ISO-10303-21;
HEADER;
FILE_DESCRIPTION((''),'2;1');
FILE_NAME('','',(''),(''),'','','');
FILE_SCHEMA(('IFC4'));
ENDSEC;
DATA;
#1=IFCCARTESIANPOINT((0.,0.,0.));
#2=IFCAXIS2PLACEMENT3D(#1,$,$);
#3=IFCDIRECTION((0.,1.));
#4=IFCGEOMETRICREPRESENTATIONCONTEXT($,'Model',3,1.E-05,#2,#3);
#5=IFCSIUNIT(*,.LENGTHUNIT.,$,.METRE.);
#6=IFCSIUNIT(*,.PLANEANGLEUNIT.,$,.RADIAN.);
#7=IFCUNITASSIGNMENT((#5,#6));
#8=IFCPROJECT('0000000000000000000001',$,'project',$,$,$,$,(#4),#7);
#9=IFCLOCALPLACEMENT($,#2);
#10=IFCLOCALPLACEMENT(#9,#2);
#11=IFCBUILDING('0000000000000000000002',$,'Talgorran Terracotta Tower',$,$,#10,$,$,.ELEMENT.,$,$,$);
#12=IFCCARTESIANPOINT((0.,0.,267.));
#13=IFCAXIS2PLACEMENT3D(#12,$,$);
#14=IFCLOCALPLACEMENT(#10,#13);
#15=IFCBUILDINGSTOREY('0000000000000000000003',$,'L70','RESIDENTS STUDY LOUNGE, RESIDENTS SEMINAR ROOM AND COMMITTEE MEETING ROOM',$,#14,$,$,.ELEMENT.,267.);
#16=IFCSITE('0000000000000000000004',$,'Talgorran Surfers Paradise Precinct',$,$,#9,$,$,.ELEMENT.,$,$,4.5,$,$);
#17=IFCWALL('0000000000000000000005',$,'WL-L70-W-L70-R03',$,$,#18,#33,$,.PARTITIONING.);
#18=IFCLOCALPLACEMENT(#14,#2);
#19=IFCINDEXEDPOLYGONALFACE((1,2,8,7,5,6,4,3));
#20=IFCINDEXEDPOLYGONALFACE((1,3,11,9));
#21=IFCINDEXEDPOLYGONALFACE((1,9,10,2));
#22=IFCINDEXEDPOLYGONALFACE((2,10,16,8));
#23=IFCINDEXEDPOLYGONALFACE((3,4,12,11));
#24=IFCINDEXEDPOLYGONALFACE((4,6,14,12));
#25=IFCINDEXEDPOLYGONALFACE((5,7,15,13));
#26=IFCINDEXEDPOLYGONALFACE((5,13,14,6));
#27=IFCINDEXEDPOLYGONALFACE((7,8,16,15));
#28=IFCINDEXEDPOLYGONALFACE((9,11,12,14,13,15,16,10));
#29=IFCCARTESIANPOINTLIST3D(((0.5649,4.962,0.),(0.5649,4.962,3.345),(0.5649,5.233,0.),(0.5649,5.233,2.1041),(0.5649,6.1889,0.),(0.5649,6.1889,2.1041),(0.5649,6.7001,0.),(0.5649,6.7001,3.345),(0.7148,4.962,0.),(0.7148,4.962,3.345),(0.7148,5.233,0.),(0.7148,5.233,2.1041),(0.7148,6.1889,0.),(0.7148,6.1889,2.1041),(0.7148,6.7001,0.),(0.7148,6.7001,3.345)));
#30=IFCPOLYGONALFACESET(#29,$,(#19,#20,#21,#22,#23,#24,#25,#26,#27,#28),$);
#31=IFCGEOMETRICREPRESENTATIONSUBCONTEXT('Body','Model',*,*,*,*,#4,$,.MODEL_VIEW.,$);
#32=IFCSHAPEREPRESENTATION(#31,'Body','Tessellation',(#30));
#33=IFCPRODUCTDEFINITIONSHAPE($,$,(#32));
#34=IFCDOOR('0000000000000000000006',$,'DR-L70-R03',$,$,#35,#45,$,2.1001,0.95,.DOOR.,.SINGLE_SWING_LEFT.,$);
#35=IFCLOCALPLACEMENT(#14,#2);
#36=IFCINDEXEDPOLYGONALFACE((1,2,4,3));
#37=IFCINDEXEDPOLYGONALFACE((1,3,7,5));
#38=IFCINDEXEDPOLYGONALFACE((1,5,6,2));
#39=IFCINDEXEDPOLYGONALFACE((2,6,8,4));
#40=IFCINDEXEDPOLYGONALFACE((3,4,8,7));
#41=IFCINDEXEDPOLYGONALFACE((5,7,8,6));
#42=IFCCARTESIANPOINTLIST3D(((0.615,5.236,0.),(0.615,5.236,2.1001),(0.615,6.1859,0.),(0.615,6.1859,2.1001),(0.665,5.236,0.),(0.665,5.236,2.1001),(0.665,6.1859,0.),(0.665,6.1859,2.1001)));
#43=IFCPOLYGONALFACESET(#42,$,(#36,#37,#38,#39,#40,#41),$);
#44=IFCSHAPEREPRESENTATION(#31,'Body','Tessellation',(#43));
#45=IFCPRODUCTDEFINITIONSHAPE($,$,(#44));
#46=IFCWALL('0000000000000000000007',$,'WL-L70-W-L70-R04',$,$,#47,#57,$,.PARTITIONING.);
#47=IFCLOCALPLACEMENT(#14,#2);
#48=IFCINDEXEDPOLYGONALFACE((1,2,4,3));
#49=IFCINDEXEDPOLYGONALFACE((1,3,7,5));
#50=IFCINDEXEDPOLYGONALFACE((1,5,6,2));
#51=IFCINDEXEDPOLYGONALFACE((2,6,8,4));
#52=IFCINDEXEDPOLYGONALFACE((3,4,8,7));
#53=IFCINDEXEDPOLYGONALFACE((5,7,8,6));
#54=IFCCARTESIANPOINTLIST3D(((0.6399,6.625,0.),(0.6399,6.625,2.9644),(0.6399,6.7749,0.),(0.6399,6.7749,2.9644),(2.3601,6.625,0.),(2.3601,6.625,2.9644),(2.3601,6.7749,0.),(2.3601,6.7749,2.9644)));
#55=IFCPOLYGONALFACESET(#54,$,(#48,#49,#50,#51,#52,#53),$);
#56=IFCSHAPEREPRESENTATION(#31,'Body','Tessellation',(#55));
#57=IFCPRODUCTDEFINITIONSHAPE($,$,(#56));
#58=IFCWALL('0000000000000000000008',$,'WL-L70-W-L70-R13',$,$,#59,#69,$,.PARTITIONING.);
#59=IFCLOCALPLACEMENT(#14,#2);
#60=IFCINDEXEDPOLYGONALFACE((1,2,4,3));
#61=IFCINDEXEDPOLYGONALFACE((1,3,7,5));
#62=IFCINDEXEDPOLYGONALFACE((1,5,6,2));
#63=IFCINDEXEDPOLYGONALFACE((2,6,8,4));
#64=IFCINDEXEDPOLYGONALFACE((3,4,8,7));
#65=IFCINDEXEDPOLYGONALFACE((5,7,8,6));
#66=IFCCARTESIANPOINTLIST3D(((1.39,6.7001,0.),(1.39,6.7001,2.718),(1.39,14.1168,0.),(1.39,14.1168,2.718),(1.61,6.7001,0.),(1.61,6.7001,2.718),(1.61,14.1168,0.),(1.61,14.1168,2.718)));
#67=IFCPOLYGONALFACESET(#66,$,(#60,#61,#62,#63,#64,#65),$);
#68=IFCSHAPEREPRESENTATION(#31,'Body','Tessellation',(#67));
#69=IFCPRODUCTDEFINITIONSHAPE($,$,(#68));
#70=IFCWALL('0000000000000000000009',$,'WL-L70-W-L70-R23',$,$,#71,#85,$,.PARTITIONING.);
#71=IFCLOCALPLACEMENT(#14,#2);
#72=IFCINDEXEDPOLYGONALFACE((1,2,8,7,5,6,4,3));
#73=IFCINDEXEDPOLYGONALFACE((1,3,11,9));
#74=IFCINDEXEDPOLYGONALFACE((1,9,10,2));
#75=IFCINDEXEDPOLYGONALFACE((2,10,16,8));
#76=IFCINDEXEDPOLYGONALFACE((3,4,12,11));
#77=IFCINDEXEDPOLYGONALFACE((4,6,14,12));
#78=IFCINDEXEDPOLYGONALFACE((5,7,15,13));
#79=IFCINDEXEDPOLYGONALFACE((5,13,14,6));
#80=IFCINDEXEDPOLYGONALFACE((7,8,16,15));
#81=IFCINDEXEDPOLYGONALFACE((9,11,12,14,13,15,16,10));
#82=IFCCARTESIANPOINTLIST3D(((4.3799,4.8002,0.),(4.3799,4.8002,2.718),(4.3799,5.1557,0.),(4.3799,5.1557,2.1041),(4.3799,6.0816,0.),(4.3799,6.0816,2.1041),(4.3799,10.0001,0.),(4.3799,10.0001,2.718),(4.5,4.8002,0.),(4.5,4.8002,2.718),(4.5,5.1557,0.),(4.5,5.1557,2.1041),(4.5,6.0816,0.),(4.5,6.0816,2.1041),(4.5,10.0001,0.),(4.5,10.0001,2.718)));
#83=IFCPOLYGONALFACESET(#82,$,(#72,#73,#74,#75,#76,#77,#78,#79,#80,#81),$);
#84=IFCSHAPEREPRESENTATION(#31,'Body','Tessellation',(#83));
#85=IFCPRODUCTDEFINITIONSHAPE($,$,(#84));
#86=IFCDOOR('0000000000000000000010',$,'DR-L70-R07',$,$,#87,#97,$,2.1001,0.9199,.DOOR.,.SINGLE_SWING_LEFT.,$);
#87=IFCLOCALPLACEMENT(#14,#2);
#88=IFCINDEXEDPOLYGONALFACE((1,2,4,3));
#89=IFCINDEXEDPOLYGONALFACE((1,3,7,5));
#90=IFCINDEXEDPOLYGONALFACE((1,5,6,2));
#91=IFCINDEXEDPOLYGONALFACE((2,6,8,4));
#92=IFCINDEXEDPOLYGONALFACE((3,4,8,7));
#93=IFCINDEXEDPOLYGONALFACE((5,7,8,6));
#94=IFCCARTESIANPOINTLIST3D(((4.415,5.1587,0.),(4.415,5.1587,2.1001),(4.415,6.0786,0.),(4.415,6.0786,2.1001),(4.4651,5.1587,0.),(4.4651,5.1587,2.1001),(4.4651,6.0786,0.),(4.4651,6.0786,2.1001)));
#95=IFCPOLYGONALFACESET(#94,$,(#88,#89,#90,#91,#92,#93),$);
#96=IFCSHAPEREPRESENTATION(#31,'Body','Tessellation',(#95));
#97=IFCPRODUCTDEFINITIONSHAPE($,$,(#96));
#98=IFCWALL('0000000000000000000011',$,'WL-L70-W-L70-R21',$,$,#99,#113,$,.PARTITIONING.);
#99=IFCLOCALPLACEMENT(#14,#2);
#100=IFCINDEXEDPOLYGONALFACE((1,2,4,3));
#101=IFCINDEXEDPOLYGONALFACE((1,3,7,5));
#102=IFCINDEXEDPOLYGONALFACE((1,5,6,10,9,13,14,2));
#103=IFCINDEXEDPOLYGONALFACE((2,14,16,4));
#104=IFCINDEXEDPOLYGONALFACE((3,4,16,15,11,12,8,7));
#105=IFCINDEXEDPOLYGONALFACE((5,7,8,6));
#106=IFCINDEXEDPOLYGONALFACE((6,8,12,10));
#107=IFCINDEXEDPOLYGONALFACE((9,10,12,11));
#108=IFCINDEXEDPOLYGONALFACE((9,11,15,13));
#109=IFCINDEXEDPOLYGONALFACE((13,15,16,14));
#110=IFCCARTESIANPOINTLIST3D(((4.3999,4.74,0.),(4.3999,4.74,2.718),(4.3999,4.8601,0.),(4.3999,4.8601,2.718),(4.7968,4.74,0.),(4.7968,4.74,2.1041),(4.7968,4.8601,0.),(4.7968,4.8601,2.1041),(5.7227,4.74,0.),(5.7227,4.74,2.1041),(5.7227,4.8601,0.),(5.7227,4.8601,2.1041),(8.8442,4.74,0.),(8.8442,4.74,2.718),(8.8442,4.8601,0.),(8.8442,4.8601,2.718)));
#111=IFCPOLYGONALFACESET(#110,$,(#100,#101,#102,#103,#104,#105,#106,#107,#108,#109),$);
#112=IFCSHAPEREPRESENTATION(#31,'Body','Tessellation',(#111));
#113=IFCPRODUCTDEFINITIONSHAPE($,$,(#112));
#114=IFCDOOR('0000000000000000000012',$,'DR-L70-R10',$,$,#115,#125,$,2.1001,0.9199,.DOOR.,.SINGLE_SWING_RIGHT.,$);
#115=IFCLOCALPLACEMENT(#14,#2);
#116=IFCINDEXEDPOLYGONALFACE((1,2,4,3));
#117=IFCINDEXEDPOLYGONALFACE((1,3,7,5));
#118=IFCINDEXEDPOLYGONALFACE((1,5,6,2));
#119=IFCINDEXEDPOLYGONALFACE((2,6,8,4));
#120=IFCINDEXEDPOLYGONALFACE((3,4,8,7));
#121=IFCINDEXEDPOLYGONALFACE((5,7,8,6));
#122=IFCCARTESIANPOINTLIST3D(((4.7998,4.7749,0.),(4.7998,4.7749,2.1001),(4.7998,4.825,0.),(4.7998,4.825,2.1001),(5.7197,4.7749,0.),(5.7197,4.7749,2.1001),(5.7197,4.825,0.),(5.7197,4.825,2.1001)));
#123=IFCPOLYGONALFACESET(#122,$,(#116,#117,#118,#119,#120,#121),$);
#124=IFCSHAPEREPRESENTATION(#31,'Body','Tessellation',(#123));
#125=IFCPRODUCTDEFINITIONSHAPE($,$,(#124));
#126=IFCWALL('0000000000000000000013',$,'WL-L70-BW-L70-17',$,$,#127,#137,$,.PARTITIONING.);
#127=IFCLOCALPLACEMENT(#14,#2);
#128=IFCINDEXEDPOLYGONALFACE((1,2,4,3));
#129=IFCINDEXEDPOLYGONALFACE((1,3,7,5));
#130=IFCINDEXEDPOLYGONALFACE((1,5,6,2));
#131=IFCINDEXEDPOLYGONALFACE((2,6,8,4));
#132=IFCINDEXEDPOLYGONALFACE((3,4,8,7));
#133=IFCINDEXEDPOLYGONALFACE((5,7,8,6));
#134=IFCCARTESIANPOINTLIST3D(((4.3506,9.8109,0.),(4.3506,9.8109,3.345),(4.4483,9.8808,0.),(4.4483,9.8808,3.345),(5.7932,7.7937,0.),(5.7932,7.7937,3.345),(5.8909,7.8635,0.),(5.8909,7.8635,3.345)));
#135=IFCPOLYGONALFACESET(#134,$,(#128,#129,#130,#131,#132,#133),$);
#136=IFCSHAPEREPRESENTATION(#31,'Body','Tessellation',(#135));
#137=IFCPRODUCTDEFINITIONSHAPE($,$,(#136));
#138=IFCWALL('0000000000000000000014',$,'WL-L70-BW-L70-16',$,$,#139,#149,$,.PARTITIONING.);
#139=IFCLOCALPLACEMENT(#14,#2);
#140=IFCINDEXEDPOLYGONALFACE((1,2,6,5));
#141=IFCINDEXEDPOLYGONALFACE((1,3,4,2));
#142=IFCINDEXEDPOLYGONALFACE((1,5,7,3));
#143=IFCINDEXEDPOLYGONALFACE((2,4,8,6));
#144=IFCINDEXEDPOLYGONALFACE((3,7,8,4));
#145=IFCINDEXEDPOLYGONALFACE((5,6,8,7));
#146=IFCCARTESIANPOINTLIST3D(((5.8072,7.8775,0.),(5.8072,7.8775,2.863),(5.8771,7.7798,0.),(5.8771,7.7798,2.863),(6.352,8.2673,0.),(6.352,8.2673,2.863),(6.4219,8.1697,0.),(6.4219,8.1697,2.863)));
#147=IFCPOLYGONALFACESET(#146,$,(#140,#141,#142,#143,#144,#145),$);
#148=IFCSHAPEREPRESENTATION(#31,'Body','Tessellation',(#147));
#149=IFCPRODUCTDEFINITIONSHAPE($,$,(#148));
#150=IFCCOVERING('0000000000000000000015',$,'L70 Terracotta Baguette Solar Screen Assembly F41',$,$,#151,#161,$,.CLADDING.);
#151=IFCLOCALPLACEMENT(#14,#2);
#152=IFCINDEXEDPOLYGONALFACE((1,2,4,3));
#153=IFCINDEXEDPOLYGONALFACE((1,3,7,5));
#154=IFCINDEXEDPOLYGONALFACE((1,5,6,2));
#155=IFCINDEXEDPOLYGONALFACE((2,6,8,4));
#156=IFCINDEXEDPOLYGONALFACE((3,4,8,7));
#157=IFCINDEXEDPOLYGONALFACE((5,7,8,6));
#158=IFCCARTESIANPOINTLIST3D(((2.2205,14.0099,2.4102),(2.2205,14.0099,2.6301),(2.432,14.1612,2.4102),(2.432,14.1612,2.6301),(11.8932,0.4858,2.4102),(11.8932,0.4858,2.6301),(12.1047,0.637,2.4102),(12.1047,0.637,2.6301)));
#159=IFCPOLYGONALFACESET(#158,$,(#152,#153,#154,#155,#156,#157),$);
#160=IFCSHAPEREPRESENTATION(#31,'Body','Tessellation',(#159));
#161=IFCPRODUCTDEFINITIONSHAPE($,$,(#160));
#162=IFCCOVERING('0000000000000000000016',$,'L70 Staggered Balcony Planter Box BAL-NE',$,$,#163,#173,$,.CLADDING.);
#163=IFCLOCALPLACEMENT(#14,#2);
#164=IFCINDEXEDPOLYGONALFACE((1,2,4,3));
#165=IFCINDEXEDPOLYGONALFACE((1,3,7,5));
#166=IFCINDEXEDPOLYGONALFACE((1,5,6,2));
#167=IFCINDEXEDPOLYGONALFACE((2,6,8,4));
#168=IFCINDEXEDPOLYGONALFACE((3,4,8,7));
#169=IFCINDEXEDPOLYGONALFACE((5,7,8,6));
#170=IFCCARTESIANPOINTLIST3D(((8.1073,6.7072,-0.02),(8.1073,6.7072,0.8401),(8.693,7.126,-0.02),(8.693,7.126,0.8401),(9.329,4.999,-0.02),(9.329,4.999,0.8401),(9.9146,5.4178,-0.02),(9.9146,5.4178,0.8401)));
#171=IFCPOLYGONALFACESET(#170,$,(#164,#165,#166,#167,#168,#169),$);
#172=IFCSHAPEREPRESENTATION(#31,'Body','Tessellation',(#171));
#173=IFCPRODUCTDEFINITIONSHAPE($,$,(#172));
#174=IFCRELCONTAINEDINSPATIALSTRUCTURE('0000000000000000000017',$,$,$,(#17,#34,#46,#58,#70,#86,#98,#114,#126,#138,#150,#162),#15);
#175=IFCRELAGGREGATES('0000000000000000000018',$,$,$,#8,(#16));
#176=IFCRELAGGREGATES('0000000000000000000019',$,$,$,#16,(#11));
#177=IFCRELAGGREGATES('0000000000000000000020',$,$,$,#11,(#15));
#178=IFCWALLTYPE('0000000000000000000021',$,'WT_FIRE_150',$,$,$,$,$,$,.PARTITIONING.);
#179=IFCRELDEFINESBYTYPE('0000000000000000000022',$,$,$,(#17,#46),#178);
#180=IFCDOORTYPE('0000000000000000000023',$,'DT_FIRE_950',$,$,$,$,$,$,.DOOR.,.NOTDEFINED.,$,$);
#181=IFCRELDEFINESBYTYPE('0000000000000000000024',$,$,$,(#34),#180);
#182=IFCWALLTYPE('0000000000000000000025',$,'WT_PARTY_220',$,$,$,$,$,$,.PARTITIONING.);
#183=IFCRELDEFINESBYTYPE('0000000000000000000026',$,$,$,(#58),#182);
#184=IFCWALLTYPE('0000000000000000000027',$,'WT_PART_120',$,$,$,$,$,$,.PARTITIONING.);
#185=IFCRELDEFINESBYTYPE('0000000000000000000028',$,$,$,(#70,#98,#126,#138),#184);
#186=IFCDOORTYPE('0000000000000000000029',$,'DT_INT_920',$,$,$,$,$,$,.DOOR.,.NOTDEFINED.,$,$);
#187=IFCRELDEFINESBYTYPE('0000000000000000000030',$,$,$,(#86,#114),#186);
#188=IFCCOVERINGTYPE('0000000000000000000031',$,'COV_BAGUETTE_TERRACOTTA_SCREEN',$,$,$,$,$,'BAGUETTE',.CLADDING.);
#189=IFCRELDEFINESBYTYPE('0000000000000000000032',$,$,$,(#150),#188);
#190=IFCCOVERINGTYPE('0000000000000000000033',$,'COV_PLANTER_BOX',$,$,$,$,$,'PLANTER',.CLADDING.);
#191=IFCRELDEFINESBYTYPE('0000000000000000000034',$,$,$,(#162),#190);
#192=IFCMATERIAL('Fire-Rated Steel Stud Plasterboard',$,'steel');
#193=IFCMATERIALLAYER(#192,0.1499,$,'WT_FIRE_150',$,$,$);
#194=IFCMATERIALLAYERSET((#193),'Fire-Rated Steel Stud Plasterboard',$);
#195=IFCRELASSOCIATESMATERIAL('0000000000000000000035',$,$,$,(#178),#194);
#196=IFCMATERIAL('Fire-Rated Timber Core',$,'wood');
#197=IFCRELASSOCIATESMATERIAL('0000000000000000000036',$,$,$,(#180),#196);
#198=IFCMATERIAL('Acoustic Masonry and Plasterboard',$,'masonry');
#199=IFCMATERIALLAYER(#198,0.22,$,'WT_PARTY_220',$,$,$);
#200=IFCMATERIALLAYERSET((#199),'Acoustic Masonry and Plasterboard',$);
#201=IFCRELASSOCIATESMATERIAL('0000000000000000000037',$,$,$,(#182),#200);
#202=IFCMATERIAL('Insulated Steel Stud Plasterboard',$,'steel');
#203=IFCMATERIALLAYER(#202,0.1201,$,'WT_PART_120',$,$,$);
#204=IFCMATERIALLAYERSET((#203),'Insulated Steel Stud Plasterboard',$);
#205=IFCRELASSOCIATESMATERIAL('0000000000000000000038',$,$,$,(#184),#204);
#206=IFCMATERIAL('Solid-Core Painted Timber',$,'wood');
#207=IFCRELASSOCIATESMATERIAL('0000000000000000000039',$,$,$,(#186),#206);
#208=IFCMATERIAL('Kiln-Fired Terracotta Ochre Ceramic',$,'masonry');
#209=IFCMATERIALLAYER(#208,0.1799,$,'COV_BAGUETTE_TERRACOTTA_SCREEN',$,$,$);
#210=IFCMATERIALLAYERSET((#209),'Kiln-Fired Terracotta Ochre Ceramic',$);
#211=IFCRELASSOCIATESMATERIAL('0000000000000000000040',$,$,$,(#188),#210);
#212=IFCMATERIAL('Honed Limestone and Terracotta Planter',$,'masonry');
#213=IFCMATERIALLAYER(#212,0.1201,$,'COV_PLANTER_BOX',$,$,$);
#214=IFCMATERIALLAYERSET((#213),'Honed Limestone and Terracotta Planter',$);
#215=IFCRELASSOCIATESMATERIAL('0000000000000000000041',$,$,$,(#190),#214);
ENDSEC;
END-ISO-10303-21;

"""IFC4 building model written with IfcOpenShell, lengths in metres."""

from ifc_helpers import new_model, si_unit, direction, frame, frame_2d, origin, origin_2d, place, context, subcontext, project, spatial, rectangle, extrude, material, layer, layer_set, type_object, element, fill, save


model = new_model("IFC4")

# Units and contexts
model_context = context("Model", 3, precision=1e-05, world=origin(), true_north=direction((0.0, 1.0)))
body_context = subcontext(model_context, "Body", "Model", "MODEL_VIEW")
ifc_project = project(units=[si_unit("LENGTHUNIT", "METRE"), si_unit("PLANEANGLEUNIT", "RADIAN")], contexts=[model_context])

# Site, building, storey
site_placement = place(None, origin())
site = spatial("IfcSite", under=ifc_project, at=site_placement, Name="Talgorran Surfers Paradise Precinct", CompositionType="ELEMENT", RefElevation=4.5)
building_placement = place(site_placement, origin())
building = spatial("IfcBuilding", under=site, at=building_placement, Name="Talgorran Terracotta Tower", CompositionType="ELEMENT")
storey_placement = place(building_placement, frame((0.0, 0.0, 267.0)))
storey = spatial("IfcBuildingStorey", under=building, at=storey_placement, Name="L70", Description="RESIDENTS STUDY LOUNGE, RESIDENTS SEMINAR ROOM AND COMMITTEE MEETING ROOM", CompositionType="ELEMENT", Elevation=267.0)

# Wall, opening, door
ifc_material_1 = material(Name="Fire-Rated Steel Stud Plasterboard", Category="steel")
ifc_layer_1 = layer(ifc_material_1, 0.1499, Name="WT_FIRE_150")
ifc_layer_set_1 = layer_set([ifc_layer_1], Name="Fire-Rated Steel Stud Plasterboard")
wall_type_1 = type_object("IfcWallType", Name="WT_FIRE_150", PredefinedType="PARTITIONING", material=ifc_layer_set_1)
wall_1_placement = place(storey_placement, frame((0.6399, 4.9619, 0.0), z_axis=(0.0, 0.0, 1.0), x_axis=(0.0, 1.0, 0.0)))
wall_1 = element("IfcWall", 1, at=wall_1_placement, inside=storey, type_object=wall_type_1, Name="WL-L70-W-L70-R03", PredefinedType="PARTITIONING", context=body_context, shape_type="SweptSolid", body=[
    extrude(rectangle(XDim=1.738, YDim=0.1499, at=frame_2d((0.8691, 0.0))), origin(), (0.0, 0.0, 1.0), 3.345),
])
opening_1_placement = place(wall_1_placement, frame((0.2739, 0.0, 0.0)))
opening_1 = element("IfcOpeningElement", 2, at=opening_1_placement, cuts=wall_1, PredefinedType="OPENING", context=body_context, shape_type="SweptSolid", body=[
    extrude(rectangle(XDim=0.956, YDim=2.1041, at=frame_2d((0.4751, 1.052))), frame((0.0, 0.085, 0.0), z_axis=(0.0, -1.0, 0.0), x_axis=(1.0, 0.0, 0.0)), (0.0, 0.0, 1.0), 0.1699),
])
ifc_material_2 = material(Name="Fire-Rated Timber Core", Category="wood")
door_type_1 = type_object("IfcDoorType", Name="DT_FIRE_950", OperationType="NOTDEFINED", PredefinedType="DOOR", material=ifc_material_2)
door_1_placement = place(opening_1_placement, origin())
door_1 = element("IfcDoor", 3, at=door_1_placement, inside=storey, type_object=door_type_1, Name="DR-L70-R03", OperationType="SINGLE_SWING_LEFT", OverallHeight=2.1001, OverallWidth=0.95, PredefinedType="DOOR", context=body_context, shape_type="SweptSolid", body=[
    extrude(rectangle(XDim=0.95, YDim=2.1001, at=frame_2d((0.4751, 1.05))), frame((0.0, 0.0249, 0.0), z_axis=(0.0, -1.0, 0.0), x_axis=(1.0, 0.0, 0.0)), (0.0, 0.0, 1.0), 0.05),
])
fill(opening_1, door_1)

# Walls
wall_2_placement = place(storey_placement, frame((0.6399, 6.7, 0.0), z_axis=(0.0, 0.0, 1.0), x_axis=(1.0, 0.0, 0.0)))
element("IfcWall", 4, at=wall_2_placement, inside=storey, type_object=wall_type_1, Name="WL-L70-W-L70-R04", PredefinedType="PARTITIONING", context=body_context, shape_type="SweptSolid", body=[
    extrude(rectangle(XDim=1.7202, YDim=0.1499, at=frame_2d((0.8601, 0.0))), origin(), (0.0, 0.0, 1.0), 2.9644),
])
ifc_material_3 = material(Name="Acoustic Masonry and Plasterboard", Category="masonry")
ifc_layer_2 = layer(ifc_material_3, 0.22, Name="WT_PARTY_220")
ifc_layer_set_2 = layer_set([ifc_layer_2], Name="Acoustic Masonry and Plasterboard")
wall_type_2 = type_object("IfcWallType", Name="WT_PARTY_220", PredefinedType="PARTITIONING", material=ifc_layer_set_2)
wall_3_placement = place(storey_placement, frame((1.5, 6.7, 0.0), z_axis=(0.0, 0.0, 1.0), x_axis=(0.0, 1.0, 0.0)))
element("IfcWall", 5, at=wall_3_placement, inside=storey, type_object=wall_type_2, Name="WL-L70-W-L70-R13", PredefinedType="PARTITIONING", context=body_context, shape_type="SweptSolid", body=[
    extrude(rectangle(XDim=7.4167, YDim=0.22, at=frame_2d((3.7085, 0.0))), origin(), (0.0, 0.0, 1.0), 2.718),
])

# Walls, openings, doors
ifc_material_4 = material(Name="Insulated Steel Stud Plasterboard", Category="steel")
ifc_layer_3 = layer(ifc_material_4, 0.1201, Name="WT_PART_120")
ifc_layer_set_3 = layer_set([ifc_layer_3], Name="Insulated Steel Stud Plasterboard")
wall_type_3 = type_object("IfcWallType", Name="WT_PART_120", PredefinedType="PARTITIONING", material=ifc_layer_set_3)
wall_4_placement = place(storey_placement, frame((4.4399, 4.8, 0.0), z_axis=(0.0, 0.0, 1.0), x_axis=(0.0, 1.0, 0.0)))
wall_4 = element("IfcWall", 6, at=wall_4_placement, inside=storey, type_object=wall_type_3, Name="WL-L70-W-L70-R23", PredefinedType="PARTITIONING", context=body_context, shape_type="SweptSolid", body=[
    extrude(rectangle(XDim=5.2, YDim=0.1201, at=frame_2d((2.6001, 0.0))), origin(), (0.0, 0.0, 1.0), 2.718),
])
opening_2_placement = place(wall_4_placement, frame((0.3586, 0.0, 0.0)))
opening_2 = element("IfcOpeningElement", 7, at=opening_2_placement, cuts=wall_4, PredefinedType="OPENING", context=body_context, shape_type="SweptSolid", body=[
    extrude(rectangle(XDim=0.9259, YDim=2.1041, at=frame_2d((0.46, 1.052))), frame((0.0, 0.0701, 0.0), z_axis=(0.0, -1.0, 0.0), x_axis=(1.0, 0.0, 0.0)), (0.0, 0.0, 1.0), 0.1401),
])
ifc_material_5 = material(Name="Solid-Core Painted Timber", Category="wood")
door_type_2 = type_object("IfcDoorType", Name="DT_INT_920", OperationType="NOTDEFINED", PredefinedType="DOOR", material=ifc_material_5)
door_2_placement = place(opening_2_placement, origin())
door_2 = element("IfcDoor", 8, at=door_2_placement, inside=storey, type_object=door_type_2, Name="DR-L70-R07", OperationType="SINGLE_SWING_LEFT", OverallHeight=2.1001, OverallWidth=0.9199, PredefinedType="DOOR", context=body_context, shape_type="SweptSolid", body=[
    extrude(rectangle(XDim=0.9199, YDim=2.1001, at=frame_2d((0.46, 1.05))), frame((0.0, 0.0249, 0.0), z_axis=(0.0, -1.0, 0.0), x_axis=(1.0, 0.0, 0.0)), (0.0, 0.0, 1.0), 0.05),
])
fill(opening_2, door_2)
wall_5_placement = place(storey_placement, frame((4.3999, 4.8, 0.0), z_axis=(0.0, 0.0, 1.0), x_axis=(1.0, 0.0, 0.0)))
wall_5 = element("IfcWall", 9, at=wall_5_placement, inside=storey, type_object=wall_type_3, Name="WL-L70-W-L70-R21", PredefinedType="PARTITIONING", context=body_context, shape_type="SweptSolid", body=[
    extrude(rectangle(XDim=4.4443, YDim=0.1201, at=frame_2d((2.2222, 0.0))), origin(), (0.0, 0.0, 1.0), 2.718),
])
opening_3_placement = place(wall_5_placement, frame((0.3999, 0.0, 0.0)))
opening_3 = element("IfcOpeningElement", 10, at=opening_3_placement, cuts=wall_5, PredefinedType="OPENING", context=body_context, shape_type="SweptSolid", body=[
    extrude(rectangle(XDim=0.9259, YDim=2.1041, at=frame_2d((0.46, 1.052))), frame((0.0, 0.0701, 0.0), z_axis=(0.0, -1.0, 0.0), x_axis=(1.0, 0.0, 0.0)), (0.0, 0.0, 1.0), 0.1401),
])
door_3_placement = place(opening_3_placement, origin())
door_3 = element("IfcDoor", 11, at=door_3_placement, inside=storey, type_object=door_type_2, Name="DR-L70-R10", OperationType="SINGLE_SWING_RIGHT", OverallHeight=2.1001, OverallWidth=0.9199, PredefinedType="DOOR", context=body_context, shape_type="SweptSolid", body=[
    extrude(rectangle(XDim=0.9199, YDim=2.1001, at=frame_2d((0.46, 1.05))), frame((0.0, 0.0249, 0.0), z_axis=(0.0, -1.0, 0.0), x_axis=(1.0, 0.0, 0.0)), (0.0, 0.0, 1.0), 0.05),
])
fill(opening_3, door_3)

# Walls
wall_6_placement = place(storey_placement, frame((5.842, 7.8286, 0.0), z_axis=(0.0, 0.0, 1.0), x_axis=(-0.581685, 0.813414, 0.0)))
element("IfcWall", 12, at=wall_6_placement, inside=storey, type_object=wall_type_3, Name="WL-L70-BW-L70-17", PredefinedType="PARTITIONING", context=body_context, shape_type="SweptSolid", body=[
    extrude(rectangle(XDim=2.48, YDim=0.1201, at=frame_2d((1.24, 0.0))), origin(), (0.0, 0.0, 1.0), 3.345),
])
wall_7_placement = place(storey_placement, frame((6.387, 8.2185, 0.0), z_axis=(0.0, 0.0, 1.0), x_axis=(-0.813265, -0.581893, 0.0)))
element("IfcWall", 13, at=wall_7_placement, inside=storey, type_object=wall_type_3, Name="WL-L70-BW-L70-16", PredefinedType="PARTITIONING", context=body_context, shape_type="SweptSolid", body=[
    extrude(rectangle(XDim=0.6699, YDim=0.1201, at=frame_2d((0.335, 0.0))), origin(), (0.0, 0.0, 1.0), 2.863),
])

# Coverings
ifc_material_6 = material(Name="Kiln-Fired Terracotta Ochre Ceramic", Category="masonry")
ifc_layer_4 = layer(ifc_material_6, 0.1799, Name="COV_BAGUETTE_TERRACOTTA_SCREEN")
ifc_layer_set_4 = layer_set([ifc_layer_4], Name="Kiln-Fired Terracotta Ochre Ceramic")
covering_type_1 = type_object("IfcCoveringType", Name="COV_BAGUETTE_TERRACOTTA_SCREEN", ElementType="BAGUETTE", PredefinedType="CLADDING", material=ifc_layer_set_4)
covering_1_placement = place(storey_placement, frame((7.1626, 7.3235, 2.4102), z_axis=(0.0, 0.0, 1.0), x_axis=(-0.58174, 0.813375, 0.0)))
element("IfcCovering", 14, at=covering_1_placement, inside=storey, type_object=covering_type_1, Name="L70 Terracotta Baguette Solar Screen Assembly F41", PredefinedType="CLADDING", context=body_context, shape_type="SweptSolid", body=[
    extrude(rectangle(XDim=16.6272, YDim=0.26, at=origin_2d()), origin(), (0.0, 0.0, 1.0), 0.22),
])
ifc_material_7 = material(Name="Honed Limestone and Terracotta Planter", Category="masonry")
ifc_layer_5 = layer(ifc_material_7, 0.1201, Name="COV_PLANTER_BOX")
ifc_layer_set_5 = layer_set([ifc_layer_5], Name="Honed Limestone and Terracotta Planter")
covering_type_2 = type_object("IfcCoveringType", Name="COV_PLANTER_BOX", ElementType="PLANTER", PredefinedType="CLADDING", material=ifc_layer_set_5)
covering_2_placement = place(storey_placement, frame((9.011, 6.0625, -0.02), z_axis=(0.0, 0.0, 1.0), x_axis=(-0.581726, 0.813385, 0.0)))
element("IfcCovering", 15, at=covering_2_placement, inside=storey, type_object=covering_type_2, Name="L70 Staggered Balcony Planter Box BAL-NE", PredefinedType="CLADDING", context=body_context, shape_type="SweptSolid", body=[
    extrude(rectangle(XDim=2.1001, YDim=0.72, at=origin_2d()), origin(), (0.0, 0.0, 1.0), 0.8601),
])

save(model, "model.ifc")
